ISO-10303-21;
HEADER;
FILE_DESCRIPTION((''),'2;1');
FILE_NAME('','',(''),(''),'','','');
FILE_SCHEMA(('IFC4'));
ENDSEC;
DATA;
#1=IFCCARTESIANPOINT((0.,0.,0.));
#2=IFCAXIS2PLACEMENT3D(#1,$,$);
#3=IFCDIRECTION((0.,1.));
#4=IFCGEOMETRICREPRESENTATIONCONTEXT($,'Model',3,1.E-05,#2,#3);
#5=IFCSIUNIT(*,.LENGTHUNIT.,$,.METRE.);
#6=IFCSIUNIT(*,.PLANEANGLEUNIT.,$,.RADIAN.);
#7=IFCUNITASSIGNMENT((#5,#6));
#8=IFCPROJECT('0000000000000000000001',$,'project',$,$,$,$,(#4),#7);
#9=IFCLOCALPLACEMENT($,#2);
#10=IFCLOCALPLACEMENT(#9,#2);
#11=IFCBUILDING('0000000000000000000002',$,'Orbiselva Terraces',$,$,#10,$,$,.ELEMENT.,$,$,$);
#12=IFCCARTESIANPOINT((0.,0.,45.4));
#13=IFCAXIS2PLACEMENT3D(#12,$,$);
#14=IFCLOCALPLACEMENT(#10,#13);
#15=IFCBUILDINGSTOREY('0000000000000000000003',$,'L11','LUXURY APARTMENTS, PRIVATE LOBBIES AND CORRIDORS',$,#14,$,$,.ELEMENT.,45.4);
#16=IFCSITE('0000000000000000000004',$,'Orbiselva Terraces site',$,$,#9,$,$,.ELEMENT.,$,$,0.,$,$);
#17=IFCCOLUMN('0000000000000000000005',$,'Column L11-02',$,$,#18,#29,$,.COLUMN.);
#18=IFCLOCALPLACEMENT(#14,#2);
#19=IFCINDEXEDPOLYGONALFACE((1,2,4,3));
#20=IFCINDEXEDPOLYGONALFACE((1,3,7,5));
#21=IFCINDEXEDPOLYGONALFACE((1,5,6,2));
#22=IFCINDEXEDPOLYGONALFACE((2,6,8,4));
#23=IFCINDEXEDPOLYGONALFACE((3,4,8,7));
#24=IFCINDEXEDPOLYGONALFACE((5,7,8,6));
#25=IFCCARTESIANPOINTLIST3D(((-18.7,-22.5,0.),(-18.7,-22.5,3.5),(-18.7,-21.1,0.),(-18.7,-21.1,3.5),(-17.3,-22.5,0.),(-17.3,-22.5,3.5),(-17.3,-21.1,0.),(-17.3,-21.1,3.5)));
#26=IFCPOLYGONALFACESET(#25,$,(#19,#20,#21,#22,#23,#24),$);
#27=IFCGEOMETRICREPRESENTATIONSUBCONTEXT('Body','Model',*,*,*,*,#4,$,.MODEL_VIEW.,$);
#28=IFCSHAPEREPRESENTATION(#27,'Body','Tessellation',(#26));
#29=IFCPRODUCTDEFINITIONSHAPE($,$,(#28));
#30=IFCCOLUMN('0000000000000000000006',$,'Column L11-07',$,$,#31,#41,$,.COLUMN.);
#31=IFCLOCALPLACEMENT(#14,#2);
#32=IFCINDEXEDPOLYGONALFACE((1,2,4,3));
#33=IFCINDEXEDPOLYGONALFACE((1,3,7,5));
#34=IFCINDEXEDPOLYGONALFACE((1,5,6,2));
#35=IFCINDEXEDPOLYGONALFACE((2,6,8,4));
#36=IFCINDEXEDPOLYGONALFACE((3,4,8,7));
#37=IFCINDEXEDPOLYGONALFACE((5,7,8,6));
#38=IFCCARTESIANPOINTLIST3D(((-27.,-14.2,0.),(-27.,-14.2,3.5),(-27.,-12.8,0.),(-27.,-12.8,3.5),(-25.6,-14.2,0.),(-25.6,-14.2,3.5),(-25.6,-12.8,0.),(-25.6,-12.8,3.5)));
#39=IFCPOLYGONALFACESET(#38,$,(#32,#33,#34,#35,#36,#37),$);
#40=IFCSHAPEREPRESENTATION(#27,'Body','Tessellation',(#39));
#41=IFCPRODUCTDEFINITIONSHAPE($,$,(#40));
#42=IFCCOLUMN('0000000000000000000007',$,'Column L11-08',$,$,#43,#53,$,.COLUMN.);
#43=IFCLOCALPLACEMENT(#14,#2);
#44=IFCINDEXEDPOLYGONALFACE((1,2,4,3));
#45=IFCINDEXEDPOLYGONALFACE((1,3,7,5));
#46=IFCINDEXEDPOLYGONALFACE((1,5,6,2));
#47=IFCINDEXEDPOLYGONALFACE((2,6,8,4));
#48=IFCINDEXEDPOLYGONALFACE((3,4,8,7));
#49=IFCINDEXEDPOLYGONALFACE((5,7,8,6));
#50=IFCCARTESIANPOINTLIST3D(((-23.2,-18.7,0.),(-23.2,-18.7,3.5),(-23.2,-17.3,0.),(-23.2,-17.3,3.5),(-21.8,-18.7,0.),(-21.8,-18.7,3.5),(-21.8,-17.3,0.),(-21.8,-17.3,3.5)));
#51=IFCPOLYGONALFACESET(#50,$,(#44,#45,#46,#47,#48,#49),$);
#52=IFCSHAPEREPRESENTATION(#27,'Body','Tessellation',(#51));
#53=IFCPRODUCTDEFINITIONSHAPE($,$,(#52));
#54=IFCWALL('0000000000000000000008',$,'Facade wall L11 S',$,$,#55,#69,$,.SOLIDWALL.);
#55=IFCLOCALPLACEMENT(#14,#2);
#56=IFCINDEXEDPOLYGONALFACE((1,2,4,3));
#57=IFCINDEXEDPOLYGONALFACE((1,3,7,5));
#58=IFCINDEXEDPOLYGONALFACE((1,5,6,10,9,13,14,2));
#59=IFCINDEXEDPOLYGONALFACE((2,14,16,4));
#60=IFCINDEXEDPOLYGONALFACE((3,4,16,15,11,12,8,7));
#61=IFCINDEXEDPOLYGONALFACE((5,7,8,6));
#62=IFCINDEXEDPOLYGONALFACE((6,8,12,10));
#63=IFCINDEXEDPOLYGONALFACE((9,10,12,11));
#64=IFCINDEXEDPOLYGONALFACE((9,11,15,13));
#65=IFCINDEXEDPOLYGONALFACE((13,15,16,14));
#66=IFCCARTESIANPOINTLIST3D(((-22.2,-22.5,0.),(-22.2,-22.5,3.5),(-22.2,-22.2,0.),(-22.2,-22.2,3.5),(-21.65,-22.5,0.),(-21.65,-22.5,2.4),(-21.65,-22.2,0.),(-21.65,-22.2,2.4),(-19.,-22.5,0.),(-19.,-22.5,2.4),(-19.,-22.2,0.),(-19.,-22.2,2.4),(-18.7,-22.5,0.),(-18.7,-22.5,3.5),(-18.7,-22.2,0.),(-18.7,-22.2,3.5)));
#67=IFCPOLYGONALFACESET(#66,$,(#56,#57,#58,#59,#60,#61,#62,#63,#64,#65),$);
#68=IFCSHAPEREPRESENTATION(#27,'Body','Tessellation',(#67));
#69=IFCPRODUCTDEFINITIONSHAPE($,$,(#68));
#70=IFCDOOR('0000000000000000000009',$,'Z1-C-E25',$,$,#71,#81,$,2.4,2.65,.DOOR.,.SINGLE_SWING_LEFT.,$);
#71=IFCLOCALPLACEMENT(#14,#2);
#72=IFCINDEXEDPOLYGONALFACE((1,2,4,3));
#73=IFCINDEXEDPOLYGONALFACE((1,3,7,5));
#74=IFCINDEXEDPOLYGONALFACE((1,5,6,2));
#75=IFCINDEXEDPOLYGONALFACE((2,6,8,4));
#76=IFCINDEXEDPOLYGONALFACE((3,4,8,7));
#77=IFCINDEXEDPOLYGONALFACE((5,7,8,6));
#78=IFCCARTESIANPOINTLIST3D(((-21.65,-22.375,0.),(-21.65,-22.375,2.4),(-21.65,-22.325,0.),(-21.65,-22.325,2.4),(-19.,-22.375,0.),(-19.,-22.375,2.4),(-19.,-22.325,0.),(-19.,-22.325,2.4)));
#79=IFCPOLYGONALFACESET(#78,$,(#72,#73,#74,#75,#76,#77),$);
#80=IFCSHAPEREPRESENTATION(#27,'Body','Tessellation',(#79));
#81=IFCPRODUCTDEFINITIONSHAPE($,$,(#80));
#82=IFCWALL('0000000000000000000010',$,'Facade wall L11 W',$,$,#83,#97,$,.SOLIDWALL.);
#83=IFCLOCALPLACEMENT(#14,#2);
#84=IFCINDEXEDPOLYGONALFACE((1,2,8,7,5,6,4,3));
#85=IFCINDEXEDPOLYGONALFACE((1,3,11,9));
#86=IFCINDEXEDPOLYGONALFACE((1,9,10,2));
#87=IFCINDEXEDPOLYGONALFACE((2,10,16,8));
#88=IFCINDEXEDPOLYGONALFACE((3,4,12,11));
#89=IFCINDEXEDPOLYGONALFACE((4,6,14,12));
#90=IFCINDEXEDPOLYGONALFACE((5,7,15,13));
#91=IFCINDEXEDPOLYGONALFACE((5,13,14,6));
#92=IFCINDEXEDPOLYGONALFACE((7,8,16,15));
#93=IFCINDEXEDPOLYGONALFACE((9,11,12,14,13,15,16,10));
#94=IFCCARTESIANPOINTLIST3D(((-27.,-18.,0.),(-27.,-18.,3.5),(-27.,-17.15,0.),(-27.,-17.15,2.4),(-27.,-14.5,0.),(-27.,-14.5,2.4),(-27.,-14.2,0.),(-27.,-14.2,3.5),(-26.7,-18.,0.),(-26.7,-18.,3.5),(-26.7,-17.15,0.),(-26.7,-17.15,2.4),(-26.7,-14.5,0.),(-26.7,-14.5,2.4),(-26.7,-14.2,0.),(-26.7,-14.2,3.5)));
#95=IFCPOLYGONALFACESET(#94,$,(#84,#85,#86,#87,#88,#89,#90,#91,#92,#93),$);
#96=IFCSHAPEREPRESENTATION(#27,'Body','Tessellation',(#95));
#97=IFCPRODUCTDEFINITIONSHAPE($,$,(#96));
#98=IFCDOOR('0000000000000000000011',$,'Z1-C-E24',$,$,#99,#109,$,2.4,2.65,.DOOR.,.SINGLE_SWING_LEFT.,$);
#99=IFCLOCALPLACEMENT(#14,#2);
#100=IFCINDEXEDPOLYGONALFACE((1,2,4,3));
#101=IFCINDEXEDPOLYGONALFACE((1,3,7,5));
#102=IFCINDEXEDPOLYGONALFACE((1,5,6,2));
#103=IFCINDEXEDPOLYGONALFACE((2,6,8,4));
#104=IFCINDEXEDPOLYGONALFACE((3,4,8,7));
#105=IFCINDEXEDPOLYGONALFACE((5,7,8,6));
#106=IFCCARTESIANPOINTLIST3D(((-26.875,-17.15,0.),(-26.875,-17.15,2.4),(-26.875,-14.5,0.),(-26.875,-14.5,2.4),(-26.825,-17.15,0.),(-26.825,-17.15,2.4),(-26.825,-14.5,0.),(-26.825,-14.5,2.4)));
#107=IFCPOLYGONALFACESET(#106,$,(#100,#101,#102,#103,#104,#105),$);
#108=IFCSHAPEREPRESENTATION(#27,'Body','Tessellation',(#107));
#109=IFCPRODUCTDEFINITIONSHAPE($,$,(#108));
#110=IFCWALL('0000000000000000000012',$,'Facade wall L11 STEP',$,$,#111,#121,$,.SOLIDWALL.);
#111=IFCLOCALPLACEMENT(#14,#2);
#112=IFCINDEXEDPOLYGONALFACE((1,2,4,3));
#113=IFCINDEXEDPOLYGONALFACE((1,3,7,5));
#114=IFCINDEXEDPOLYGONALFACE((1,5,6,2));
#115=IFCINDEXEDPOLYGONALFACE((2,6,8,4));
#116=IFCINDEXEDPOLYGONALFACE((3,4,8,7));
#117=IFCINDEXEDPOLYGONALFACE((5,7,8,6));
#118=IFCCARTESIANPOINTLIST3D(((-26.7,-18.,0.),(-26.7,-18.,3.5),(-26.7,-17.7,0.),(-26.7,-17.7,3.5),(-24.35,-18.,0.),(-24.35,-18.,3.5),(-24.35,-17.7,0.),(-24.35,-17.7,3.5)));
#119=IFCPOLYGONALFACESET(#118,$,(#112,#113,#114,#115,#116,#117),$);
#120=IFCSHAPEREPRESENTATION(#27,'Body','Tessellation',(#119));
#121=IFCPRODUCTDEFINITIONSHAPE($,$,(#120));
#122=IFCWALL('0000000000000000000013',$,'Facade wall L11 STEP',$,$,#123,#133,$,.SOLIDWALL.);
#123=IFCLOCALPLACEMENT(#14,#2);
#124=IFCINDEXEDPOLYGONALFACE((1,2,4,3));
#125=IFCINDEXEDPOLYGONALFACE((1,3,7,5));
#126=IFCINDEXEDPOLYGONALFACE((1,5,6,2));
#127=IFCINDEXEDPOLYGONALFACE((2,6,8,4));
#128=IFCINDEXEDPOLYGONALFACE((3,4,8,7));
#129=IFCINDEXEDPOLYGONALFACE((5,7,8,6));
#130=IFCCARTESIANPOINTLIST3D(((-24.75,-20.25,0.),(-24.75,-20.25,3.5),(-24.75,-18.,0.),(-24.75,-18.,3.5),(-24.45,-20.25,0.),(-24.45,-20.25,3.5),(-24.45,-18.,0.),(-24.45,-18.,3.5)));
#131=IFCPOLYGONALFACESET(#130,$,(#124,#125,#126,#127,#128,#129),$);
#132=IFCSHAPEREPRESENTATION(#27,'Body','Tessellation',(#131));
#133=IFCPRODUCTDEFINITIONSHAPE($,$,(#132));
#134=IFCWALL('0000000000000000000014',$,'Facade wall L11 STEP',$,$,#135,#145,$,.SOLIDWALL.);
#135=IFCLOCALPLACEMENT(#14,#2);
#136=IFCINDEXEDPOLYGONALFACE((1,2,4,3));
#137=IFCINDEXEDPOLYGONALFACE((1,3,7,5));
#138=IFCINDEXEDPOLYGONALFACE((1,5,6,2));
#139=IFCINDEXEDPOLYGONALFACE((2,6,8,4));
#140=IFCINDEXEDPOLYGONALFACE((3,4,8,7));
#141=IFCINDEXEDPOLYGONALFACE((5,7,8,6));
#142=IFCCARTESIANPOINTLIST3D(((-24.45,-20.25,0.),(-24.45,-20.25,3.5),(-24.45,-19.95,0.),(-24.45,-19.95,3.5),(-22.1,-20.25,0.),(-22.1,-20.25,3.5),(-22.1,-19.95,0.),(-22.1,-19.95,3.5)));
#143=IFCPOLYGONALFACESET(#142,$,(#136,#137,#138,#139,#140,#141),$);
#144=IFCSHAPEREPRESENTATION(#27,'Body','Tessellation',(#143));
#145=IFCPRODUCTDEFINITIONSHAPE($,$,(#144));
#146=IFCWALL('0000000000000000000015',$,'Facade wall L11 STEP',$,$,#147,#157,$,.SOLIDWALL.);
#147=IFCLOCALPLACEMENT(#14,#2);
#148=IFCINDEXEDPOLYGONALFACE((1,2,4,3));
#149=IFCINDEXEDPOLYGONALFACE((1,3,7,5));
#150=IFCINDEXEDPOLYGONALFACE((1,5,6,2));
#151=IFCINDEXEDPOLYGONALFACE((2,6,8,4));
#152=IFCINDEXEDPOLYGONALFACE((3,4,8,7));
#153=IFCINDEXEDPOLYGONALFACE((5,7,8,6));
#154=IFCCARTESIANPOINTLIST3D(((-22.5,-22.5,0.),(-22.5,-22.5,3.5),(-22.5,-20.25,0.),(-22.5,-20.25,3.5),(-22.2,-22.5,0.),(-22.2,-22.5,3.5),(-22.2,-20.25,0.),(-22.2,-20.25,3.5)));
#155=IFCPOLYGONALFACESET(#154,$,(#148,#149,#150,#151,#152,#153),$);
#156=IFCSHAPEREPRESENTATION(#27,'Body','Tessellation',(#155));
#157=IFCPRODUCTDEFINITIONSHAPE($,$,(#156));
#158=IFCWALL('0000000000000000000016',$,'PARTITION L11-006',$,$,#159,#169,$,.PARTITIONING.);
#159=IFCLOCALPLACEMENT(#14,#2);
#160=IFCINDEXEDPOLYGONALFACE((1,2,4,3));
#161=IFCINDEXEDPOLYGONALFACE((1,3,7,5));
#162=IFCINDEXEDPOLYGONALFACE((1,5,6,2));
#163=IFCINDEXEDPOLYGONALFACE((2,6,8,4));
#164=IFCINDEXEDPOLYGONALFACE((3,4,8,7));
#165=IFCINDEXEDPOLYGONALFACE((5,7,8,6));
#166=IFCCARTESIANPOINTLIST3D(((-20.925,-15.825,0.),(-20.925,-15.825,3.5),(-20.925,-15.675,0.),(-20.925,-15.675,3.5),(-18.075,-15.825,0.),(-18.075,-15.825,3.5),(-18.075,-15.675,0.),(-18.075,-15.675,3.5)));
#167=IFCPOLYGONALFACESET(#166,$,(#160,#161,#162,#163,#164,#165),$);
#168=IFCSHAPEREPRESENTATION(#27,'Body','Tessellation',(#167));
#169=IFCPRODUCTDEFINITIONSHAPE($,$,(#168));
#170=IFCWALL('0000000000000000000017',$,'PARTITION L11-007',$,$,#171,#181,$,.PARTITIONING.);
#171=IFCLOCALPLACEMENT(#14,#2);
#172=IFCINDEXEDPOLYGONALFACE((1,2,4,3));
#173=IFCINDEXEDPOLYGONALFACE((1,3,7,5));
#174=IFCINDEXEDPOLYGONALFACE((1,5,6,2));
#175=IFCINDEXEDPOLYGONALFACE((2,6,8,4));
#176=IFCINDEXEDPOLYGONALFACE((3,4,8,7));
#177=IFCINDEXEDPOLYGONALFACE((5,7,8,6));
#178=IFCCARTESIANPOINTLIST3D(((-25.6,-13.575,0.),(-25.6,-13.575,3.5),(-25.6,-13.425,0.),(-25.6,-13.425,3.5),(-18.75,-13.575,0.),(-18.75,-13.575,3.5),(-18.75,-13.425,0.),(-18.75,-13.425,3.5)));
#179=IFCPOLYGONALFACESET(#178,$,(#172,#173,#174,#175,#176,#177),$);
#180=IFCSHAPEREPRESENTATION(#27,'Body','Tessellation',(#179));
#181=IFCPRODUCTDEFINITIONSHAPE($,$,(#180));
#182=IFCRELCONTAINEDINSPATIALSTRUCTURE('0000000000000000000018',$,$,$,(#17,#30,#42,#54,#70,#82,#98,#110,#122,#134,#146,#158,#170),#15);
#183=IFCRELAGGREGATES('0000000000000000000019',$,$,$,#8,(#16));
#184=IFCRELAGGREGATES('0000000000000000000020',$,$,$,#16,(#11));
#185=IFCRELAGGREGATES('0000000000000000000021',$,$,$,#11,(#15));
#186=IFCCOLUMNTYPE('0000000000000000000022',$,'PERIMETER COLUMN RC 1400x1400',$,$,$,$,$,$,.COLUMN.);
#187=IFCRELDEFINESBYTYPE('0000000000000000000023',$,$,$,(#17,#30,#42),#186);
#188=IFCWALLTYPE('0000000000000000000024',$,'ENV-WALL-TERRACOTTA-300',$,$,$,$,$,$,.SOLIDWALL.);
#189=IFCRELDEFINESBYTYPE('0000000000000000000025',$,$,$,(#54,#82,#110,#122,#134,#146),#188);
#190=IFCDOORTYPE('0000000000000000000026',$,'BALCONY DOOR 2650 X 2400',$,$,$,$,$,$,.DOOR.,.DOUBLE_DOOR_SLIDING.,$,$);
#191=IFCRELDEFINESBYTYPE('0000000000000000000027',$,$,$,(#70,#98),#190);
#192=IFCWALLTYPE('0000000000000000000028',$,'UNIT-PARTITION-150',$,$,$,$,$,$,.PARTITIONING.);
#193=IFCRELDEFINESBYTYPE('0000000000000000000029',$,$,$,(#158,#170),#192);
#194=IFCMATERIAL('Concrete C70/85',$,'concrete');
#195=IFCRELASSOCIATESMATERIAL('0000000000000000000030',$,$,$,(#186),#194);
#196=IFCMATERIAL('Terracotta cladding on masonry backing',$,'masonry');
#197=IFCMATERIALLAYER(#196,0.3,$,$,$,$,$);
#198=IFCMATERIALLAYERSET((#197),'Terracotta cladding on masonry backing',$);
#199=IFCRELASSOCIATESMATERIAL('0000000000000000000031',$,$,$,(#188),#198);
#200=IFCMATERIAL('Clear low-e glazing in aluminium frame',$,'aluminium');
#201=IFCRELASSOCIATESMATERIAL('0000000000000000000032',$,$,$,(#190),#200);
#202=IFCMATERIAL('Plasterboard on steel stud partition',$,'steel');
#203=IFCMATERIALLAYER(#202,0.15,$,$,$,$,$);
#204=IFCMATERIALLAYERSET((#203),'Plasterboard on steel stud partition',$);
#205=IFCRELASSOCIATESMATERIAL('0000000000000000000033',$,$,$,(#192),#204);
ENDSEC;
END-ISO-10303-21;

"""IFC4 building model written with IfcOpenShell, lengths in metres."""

from ifc_helpers import new_model, si_unit, direction, frame, frame_2d, origin, origin_2d, place, context, subcontext, project, spatial, rectangle, extrude, material, layer, layer_set, material_profile, profile_set, type_object, element, fill, save


model = new_model("IFC4")

# Units and contexts
model_context = context("Model", 3, precision=1e-05, world=origin(), true_north=direction((0.0, 1.0)))
body_context = subcontext(model_context, "Body", "Model", "MODEL_VIEW")
ifc_project = project(units=[si_unit("LENGTHUNIT", "METRE"), si_unit("PLANEANGLEUNIT", "RADIAN")], contexts=[model_context])

# Site, building, storey
site_placement = place(None, origin())
site = spatial("IfcSite", under=ifc_project, at=site_placement, Name="Orbiselva Terraces site", CompositionType="ELEMENT", RefElevation=0.0)
building_placement = place(site_placement, origin())
building = spatial("IfcBuilding", under=site, at=building_placement, Name="Orbiselva Terraces", CompositionType="ELEMENT")
storey_placement = place(building_placement, frame((0.0, 0.0, 45.4)))
storey = spatial("IfcBuildingStorey", under=building, at=storey_placement, Name="L11", Description="LUXURY APARTMENTS, PRIVATE LOBBIES AND CORRIDORS", CompositionType="ELEMENT", Elevation=45.4)

# Columns
ifc_material_1 = material(Name="Concrete C70/85", Category="concrete")
ifc_material_profile = material_profile(ifc_material_1, rectangle(XDim=1.4, YDim=1.4, at=origin_2d()), Name="RC 1400x1400")
ifc_profile_set = profile_set([ifc_material_profile], Name="Concrete C70/85")
column_type = type_object("IfcColumnType", Name="PERIMETER COLUMN RC 1400x1400", PredefinedType="COLUMN", material=ifc_profile_set)
for number, where, z_axis, x_axis, name in (
    (1, (-18.0, -21.8, 0.0), (0.0, 0.0, 1.0), (1.0, 0.0, 0.0), "Column L11-02"),
    (2, (-26.3, -13.5, 0.0), (0.0, 0.0, 1.0), (1.0, 0.0, 0.0), "Column L11-07"),
    (3, (-22.5, -18.0, 0.0), (0.0, 0.0, 1.0), (1.0, 0.0, 0.0), "Column L11-08"),
):
    element("IfcColumn", number, at=place(storey_placement, frame(where, z_axis=z_axis, x_axis=x_axis)), inside=storey, type_object=column_type, Name=name, PredefinedType="COLUMN", context=body_context, shape_type="SweptSolid", body=[
        extrude(rectangle(XDim=1.4, YDim=1.4, at=origin_2d()), origin(), (0.0, 0.0, 1.0), 3.5),
    ])

# Walls, openings, doors
ifc_material_2 = material(Name="Terracotta cladding on masonry backing", Category="masonry")
ifc_layer_1 = layer(ifc_material_2, 0.3)
ifc_layer_set_1 = layer_set([ifc_layer_1], Name="Terracotta cladding on masonry backing")
wall_type_1 = type_object("IfcWallType", Name="ENV-WALL-TERRACOTTA-300", PredefinedType="SOLIDWALL", material=ifc_layer_set_1)
wall_1_placement = place(storey_placement, frame((-18.7, -22.35, 0.0), z_axis=(0.0, 0.0, 1.0), x_axis=(-1.0, 0.0, 0.0)))
wall_1 = element("IfcWall", 4, at=wall_1_placement, inside=storey, type_object=wall_type_1, Name="Facade wall L11 S", PredefinedType="SOLIDWALL", context=body_context, shape_type="SweptSolid", body=[
    extrude(rectangle(XDim=3.5, YDim=0.3, at=frame_2d((1.75, 0.0))), origin(), (0.0, 0.0, 1.0), 3.5),
])
opening_1_placement = place(wall_1_placement, frame((0.3, 0.0, 0.0)))
opening_1 = element("IfcOpeningElement", 5, at=opening_1_placement, cuts=wall_1, PredefinedType="OPENING", context=body_context, shape_type="SweptSolid", body=[
    extrude(rectangle(XDim=2.65, YDim=2.4, at=frame_2d((1.325, 1.2))), frame((0.0, 0.16, 0.0), z_axis=(0.0, -1.0, 0.0), x_axis=(1.0, 0.0, 0.0)), (0.0, 0.0, 1.0), 0.32),
])
ifc_material_3 = material(Name="Clear low-e glazing in aluminium frame", Category="aluminium")
door_type_1 = type_object("IfcDoorType", Name="BALCONY DOOR 2650 X 2400", OperationType="DOUBLE_DOOR_SLIDING", PredefinedType="DOOR", material=ifc_material_3)
door_1_placement = place(opening_1_placement, origin())
door_1 = element("IfcDoor", 6, at=door_1_placement, inside=storey, type_object=door_type_1, Name="Z1-C-E25", OperationType="SINGLE_SWING_LEFT", OverallHeight=2.4, OverallWidth=2.65, PredefinedType="DOOR", context=body_context, shape_type="SweptSolid", body=[
    extrude(rectangle(XDim=2.65, YDim=2.4, at=frame_2d((1.325, 1.2))), frame((0.0, 0.025, 0.0), z_axis=(0.0, -1.0, 0.0), x_axis=(1.0, 0.0, 0.0)), (0.0, 0.0, 1.0), 0.05),
])
fill(opening_1, door_1)
wall_2_placement = place(storey_placement, frame((-26.85, -18.0, 0.0), z_axis=(0.0, 0.0, 1.0), x_axis=(0.0, 1.0, 0.0)))
wall_2 = element("IfcWall", 7, at=wall_2_placement, inside=storey, type_object=wall_type_1, Name="Facade wall L11 W", PredefinedType="SOLIDWALL", context=body_context, shape_type="SweptSolid", body=[
    extrude(rectangle(XDim=3.8, YDim=0.3, at=frame_2d((1.9, 0.0))), origin(), (0.0, 0.0, 1.0), 3.5),
])
opening_2_placement = place(wall_2_placement, frame((0.85, 0.0, 0.0)))
opening_2 = element("IfcOpeningElement", 8, at=opening_2_placement, cuts=wall_2, PredefinedType="OPENING", context=body_context, shape_type="SweptSolid", body=[
    extrude(rectangle(XDim=2.65, YDim=2.4, at=frame_2d((1.325, 1.2))), frame((0.0, 0.16, 0.0), z_axis=(0.0, -1.0, 0.0), x_axis=(1.0, 0.0, 0.0)), (0.0, 0.0, 1.0), 0.32),
])
door_2_placement = place(opening_2_placement, origin())
door_2 = element("IfcDoor", 9, at=door_2_placement, inside=storey, type_object=door_type_1, Name="Z1-C-E24", OperationType="SINGLE_SWING_LEFT", OverallHeight=2.4, OverallWidth=2.65, PredefinedType="DOOR", context=body_context, shape_type="SweptSolid", body=[
    extrude(rectangle(XDim=2.65, YDim=2.4, at=frame_2d((1.325, 1.2))), frame((0.0, 0.025, 0.0), z_axis=(0.0, -1.0, 0.0), x_axis=(1.0, 0.0, 0.0)), (0.0, 0.0, 1.0), 0.05),
])
fill(opening_2, door_2)

# Walls
wall_3_placement = place(storey_placement, frame((-24.35, -17.85, 0.0), z_axis=(0.0, 0.0, 1.0), x_axis=(-1.0, 0.0, 0.0)))
element("IfcWall", 10, at=wall_3_placement, inside=storey, type_object=wall_type_1, Name="Facade wall L11 STEP", PredefinedType="SOLIDWALL", context=body_context, shape_type="SweptSolid", body=[
    extrude(rectangle(XDim=2.35, YDim=0.3, at=frame_2d((1.175, 0.0))), origin(), (0.0, 0.0, 1.0), 3.5),
])
wall_4_placement = place(storey_placement, frame((-24.6, -20.25, 0.0), z_axis=(0.0, 0.0, 1.0), x_axis=(0.0, 1.0, 0.0)))
element("IfcWall", 11, at=wall_4_placement, inside=storey, type_object=wall_type_1, Name="Facade wall L11 STEP", PredefinedType="SOLIDWALL", context=body_context, shape_type="SweptSolid", body=[
    extrude(rectangle(XDim=2.25, YDim=0.3, at=frame_2d((1.125, 0.0))), origin(), (0.0, 0.0, 1.0), 3.5),
])
wall_5_placement = place(storey_placement, frame((-22.1, -20.1, 0.0), z_axis=(0.0, 0.0, 1.0), x_axis=(-1.0, 0.0, 0.0)))
element("IfcWall", 12, at=wall_5_placement, inside=storey, type_object=wall_type_1, Name="Facade wall L11 STEP", PredefinedType="SOLIDWALL", context=body_context, shape_type="SweptSolid", body=[
    extrude(rectangle(XDim=2.35, YDim=0.3, at=frame_2d((1.175, 0.0))), origin(), (0.0, 0.0, 1.0), 3.5),
])
wall_6_placement = place(storey_placement, frame((-22.35, -22.5, 0.0), z_axis=(0.0, 0.0, 1.0), x_axis=(0.0, 1.0, 0.0)))
element("IfcWall", 13, at=wall_6_placement, inside=storey, type_object=wall_type_1, Name="Facade wall L11 STEP", PredefinedType="SOLIDWALL", context=body_context, shape_type="SweptSolid", body=[
    extrude(rectangle(XDim=2.25, YDim=0.3, at=frame_2d((1.125, 0.0))), origin(), (0.0, 0.0, 1.0), 3.5),
])
ifc_material_4 = material(Name="Plasterboard on steel stud partition", Category="steel")
ifc_layer_2 = layer(ifc_material_4, 0.15)
ifc_layer_set_2 = layer_set([ifc_layer_2], Name="Plasterboard on steel stud partition")
wall_type_2 = type_object("IfcWallType", Name="UNIT-PARTITION-150", PredefinedType="PARTITIONING", material=ifc_layer_set_2)
wall_7_placement = place(storey_placement, frame((-20.925, -15.75, 0.0), z_axis=(0.0, 0.0, 1.0), x_axis=(1.0, 0.0, 0.0)))
element("IfcWall", 14, at=wall_7_placement, inside=storey, type_object=wall_type_2, Name="PARTITION L11-006", PredefinedType="PARTITIONING", context=body_context, shape_type="SweptSolid", body=[
    extrude(rectangle(XDim=2.85, YDim=0.15, at=frame_2d((1.425, 0.0))), origin(), (0.0, 0.0, 1.0), 3.5),
])
wall_8_placement = place(storey_placement, frame((-25.6, -13.5, 0.0), z_axis=(0.0, 0.0, 1.0), x_axis=(1.0, 0.0, 0.0)))
element("IfcWall", 15, at=wall_8_placement, inside=storey, type_object=wall_type_2, Name="PARTITION L11-007", PredefinedType="PARTITIONING", context=body_context, shape_type="SweptSolid", body=[
    extrude(rectangle(XDim=6.85, YDim=0.15, at=frame_2d((3.425, 0.0))), origin(), (0.0, 0.0, 1.0), 3.5),
])

save(model, "model.ifc")
